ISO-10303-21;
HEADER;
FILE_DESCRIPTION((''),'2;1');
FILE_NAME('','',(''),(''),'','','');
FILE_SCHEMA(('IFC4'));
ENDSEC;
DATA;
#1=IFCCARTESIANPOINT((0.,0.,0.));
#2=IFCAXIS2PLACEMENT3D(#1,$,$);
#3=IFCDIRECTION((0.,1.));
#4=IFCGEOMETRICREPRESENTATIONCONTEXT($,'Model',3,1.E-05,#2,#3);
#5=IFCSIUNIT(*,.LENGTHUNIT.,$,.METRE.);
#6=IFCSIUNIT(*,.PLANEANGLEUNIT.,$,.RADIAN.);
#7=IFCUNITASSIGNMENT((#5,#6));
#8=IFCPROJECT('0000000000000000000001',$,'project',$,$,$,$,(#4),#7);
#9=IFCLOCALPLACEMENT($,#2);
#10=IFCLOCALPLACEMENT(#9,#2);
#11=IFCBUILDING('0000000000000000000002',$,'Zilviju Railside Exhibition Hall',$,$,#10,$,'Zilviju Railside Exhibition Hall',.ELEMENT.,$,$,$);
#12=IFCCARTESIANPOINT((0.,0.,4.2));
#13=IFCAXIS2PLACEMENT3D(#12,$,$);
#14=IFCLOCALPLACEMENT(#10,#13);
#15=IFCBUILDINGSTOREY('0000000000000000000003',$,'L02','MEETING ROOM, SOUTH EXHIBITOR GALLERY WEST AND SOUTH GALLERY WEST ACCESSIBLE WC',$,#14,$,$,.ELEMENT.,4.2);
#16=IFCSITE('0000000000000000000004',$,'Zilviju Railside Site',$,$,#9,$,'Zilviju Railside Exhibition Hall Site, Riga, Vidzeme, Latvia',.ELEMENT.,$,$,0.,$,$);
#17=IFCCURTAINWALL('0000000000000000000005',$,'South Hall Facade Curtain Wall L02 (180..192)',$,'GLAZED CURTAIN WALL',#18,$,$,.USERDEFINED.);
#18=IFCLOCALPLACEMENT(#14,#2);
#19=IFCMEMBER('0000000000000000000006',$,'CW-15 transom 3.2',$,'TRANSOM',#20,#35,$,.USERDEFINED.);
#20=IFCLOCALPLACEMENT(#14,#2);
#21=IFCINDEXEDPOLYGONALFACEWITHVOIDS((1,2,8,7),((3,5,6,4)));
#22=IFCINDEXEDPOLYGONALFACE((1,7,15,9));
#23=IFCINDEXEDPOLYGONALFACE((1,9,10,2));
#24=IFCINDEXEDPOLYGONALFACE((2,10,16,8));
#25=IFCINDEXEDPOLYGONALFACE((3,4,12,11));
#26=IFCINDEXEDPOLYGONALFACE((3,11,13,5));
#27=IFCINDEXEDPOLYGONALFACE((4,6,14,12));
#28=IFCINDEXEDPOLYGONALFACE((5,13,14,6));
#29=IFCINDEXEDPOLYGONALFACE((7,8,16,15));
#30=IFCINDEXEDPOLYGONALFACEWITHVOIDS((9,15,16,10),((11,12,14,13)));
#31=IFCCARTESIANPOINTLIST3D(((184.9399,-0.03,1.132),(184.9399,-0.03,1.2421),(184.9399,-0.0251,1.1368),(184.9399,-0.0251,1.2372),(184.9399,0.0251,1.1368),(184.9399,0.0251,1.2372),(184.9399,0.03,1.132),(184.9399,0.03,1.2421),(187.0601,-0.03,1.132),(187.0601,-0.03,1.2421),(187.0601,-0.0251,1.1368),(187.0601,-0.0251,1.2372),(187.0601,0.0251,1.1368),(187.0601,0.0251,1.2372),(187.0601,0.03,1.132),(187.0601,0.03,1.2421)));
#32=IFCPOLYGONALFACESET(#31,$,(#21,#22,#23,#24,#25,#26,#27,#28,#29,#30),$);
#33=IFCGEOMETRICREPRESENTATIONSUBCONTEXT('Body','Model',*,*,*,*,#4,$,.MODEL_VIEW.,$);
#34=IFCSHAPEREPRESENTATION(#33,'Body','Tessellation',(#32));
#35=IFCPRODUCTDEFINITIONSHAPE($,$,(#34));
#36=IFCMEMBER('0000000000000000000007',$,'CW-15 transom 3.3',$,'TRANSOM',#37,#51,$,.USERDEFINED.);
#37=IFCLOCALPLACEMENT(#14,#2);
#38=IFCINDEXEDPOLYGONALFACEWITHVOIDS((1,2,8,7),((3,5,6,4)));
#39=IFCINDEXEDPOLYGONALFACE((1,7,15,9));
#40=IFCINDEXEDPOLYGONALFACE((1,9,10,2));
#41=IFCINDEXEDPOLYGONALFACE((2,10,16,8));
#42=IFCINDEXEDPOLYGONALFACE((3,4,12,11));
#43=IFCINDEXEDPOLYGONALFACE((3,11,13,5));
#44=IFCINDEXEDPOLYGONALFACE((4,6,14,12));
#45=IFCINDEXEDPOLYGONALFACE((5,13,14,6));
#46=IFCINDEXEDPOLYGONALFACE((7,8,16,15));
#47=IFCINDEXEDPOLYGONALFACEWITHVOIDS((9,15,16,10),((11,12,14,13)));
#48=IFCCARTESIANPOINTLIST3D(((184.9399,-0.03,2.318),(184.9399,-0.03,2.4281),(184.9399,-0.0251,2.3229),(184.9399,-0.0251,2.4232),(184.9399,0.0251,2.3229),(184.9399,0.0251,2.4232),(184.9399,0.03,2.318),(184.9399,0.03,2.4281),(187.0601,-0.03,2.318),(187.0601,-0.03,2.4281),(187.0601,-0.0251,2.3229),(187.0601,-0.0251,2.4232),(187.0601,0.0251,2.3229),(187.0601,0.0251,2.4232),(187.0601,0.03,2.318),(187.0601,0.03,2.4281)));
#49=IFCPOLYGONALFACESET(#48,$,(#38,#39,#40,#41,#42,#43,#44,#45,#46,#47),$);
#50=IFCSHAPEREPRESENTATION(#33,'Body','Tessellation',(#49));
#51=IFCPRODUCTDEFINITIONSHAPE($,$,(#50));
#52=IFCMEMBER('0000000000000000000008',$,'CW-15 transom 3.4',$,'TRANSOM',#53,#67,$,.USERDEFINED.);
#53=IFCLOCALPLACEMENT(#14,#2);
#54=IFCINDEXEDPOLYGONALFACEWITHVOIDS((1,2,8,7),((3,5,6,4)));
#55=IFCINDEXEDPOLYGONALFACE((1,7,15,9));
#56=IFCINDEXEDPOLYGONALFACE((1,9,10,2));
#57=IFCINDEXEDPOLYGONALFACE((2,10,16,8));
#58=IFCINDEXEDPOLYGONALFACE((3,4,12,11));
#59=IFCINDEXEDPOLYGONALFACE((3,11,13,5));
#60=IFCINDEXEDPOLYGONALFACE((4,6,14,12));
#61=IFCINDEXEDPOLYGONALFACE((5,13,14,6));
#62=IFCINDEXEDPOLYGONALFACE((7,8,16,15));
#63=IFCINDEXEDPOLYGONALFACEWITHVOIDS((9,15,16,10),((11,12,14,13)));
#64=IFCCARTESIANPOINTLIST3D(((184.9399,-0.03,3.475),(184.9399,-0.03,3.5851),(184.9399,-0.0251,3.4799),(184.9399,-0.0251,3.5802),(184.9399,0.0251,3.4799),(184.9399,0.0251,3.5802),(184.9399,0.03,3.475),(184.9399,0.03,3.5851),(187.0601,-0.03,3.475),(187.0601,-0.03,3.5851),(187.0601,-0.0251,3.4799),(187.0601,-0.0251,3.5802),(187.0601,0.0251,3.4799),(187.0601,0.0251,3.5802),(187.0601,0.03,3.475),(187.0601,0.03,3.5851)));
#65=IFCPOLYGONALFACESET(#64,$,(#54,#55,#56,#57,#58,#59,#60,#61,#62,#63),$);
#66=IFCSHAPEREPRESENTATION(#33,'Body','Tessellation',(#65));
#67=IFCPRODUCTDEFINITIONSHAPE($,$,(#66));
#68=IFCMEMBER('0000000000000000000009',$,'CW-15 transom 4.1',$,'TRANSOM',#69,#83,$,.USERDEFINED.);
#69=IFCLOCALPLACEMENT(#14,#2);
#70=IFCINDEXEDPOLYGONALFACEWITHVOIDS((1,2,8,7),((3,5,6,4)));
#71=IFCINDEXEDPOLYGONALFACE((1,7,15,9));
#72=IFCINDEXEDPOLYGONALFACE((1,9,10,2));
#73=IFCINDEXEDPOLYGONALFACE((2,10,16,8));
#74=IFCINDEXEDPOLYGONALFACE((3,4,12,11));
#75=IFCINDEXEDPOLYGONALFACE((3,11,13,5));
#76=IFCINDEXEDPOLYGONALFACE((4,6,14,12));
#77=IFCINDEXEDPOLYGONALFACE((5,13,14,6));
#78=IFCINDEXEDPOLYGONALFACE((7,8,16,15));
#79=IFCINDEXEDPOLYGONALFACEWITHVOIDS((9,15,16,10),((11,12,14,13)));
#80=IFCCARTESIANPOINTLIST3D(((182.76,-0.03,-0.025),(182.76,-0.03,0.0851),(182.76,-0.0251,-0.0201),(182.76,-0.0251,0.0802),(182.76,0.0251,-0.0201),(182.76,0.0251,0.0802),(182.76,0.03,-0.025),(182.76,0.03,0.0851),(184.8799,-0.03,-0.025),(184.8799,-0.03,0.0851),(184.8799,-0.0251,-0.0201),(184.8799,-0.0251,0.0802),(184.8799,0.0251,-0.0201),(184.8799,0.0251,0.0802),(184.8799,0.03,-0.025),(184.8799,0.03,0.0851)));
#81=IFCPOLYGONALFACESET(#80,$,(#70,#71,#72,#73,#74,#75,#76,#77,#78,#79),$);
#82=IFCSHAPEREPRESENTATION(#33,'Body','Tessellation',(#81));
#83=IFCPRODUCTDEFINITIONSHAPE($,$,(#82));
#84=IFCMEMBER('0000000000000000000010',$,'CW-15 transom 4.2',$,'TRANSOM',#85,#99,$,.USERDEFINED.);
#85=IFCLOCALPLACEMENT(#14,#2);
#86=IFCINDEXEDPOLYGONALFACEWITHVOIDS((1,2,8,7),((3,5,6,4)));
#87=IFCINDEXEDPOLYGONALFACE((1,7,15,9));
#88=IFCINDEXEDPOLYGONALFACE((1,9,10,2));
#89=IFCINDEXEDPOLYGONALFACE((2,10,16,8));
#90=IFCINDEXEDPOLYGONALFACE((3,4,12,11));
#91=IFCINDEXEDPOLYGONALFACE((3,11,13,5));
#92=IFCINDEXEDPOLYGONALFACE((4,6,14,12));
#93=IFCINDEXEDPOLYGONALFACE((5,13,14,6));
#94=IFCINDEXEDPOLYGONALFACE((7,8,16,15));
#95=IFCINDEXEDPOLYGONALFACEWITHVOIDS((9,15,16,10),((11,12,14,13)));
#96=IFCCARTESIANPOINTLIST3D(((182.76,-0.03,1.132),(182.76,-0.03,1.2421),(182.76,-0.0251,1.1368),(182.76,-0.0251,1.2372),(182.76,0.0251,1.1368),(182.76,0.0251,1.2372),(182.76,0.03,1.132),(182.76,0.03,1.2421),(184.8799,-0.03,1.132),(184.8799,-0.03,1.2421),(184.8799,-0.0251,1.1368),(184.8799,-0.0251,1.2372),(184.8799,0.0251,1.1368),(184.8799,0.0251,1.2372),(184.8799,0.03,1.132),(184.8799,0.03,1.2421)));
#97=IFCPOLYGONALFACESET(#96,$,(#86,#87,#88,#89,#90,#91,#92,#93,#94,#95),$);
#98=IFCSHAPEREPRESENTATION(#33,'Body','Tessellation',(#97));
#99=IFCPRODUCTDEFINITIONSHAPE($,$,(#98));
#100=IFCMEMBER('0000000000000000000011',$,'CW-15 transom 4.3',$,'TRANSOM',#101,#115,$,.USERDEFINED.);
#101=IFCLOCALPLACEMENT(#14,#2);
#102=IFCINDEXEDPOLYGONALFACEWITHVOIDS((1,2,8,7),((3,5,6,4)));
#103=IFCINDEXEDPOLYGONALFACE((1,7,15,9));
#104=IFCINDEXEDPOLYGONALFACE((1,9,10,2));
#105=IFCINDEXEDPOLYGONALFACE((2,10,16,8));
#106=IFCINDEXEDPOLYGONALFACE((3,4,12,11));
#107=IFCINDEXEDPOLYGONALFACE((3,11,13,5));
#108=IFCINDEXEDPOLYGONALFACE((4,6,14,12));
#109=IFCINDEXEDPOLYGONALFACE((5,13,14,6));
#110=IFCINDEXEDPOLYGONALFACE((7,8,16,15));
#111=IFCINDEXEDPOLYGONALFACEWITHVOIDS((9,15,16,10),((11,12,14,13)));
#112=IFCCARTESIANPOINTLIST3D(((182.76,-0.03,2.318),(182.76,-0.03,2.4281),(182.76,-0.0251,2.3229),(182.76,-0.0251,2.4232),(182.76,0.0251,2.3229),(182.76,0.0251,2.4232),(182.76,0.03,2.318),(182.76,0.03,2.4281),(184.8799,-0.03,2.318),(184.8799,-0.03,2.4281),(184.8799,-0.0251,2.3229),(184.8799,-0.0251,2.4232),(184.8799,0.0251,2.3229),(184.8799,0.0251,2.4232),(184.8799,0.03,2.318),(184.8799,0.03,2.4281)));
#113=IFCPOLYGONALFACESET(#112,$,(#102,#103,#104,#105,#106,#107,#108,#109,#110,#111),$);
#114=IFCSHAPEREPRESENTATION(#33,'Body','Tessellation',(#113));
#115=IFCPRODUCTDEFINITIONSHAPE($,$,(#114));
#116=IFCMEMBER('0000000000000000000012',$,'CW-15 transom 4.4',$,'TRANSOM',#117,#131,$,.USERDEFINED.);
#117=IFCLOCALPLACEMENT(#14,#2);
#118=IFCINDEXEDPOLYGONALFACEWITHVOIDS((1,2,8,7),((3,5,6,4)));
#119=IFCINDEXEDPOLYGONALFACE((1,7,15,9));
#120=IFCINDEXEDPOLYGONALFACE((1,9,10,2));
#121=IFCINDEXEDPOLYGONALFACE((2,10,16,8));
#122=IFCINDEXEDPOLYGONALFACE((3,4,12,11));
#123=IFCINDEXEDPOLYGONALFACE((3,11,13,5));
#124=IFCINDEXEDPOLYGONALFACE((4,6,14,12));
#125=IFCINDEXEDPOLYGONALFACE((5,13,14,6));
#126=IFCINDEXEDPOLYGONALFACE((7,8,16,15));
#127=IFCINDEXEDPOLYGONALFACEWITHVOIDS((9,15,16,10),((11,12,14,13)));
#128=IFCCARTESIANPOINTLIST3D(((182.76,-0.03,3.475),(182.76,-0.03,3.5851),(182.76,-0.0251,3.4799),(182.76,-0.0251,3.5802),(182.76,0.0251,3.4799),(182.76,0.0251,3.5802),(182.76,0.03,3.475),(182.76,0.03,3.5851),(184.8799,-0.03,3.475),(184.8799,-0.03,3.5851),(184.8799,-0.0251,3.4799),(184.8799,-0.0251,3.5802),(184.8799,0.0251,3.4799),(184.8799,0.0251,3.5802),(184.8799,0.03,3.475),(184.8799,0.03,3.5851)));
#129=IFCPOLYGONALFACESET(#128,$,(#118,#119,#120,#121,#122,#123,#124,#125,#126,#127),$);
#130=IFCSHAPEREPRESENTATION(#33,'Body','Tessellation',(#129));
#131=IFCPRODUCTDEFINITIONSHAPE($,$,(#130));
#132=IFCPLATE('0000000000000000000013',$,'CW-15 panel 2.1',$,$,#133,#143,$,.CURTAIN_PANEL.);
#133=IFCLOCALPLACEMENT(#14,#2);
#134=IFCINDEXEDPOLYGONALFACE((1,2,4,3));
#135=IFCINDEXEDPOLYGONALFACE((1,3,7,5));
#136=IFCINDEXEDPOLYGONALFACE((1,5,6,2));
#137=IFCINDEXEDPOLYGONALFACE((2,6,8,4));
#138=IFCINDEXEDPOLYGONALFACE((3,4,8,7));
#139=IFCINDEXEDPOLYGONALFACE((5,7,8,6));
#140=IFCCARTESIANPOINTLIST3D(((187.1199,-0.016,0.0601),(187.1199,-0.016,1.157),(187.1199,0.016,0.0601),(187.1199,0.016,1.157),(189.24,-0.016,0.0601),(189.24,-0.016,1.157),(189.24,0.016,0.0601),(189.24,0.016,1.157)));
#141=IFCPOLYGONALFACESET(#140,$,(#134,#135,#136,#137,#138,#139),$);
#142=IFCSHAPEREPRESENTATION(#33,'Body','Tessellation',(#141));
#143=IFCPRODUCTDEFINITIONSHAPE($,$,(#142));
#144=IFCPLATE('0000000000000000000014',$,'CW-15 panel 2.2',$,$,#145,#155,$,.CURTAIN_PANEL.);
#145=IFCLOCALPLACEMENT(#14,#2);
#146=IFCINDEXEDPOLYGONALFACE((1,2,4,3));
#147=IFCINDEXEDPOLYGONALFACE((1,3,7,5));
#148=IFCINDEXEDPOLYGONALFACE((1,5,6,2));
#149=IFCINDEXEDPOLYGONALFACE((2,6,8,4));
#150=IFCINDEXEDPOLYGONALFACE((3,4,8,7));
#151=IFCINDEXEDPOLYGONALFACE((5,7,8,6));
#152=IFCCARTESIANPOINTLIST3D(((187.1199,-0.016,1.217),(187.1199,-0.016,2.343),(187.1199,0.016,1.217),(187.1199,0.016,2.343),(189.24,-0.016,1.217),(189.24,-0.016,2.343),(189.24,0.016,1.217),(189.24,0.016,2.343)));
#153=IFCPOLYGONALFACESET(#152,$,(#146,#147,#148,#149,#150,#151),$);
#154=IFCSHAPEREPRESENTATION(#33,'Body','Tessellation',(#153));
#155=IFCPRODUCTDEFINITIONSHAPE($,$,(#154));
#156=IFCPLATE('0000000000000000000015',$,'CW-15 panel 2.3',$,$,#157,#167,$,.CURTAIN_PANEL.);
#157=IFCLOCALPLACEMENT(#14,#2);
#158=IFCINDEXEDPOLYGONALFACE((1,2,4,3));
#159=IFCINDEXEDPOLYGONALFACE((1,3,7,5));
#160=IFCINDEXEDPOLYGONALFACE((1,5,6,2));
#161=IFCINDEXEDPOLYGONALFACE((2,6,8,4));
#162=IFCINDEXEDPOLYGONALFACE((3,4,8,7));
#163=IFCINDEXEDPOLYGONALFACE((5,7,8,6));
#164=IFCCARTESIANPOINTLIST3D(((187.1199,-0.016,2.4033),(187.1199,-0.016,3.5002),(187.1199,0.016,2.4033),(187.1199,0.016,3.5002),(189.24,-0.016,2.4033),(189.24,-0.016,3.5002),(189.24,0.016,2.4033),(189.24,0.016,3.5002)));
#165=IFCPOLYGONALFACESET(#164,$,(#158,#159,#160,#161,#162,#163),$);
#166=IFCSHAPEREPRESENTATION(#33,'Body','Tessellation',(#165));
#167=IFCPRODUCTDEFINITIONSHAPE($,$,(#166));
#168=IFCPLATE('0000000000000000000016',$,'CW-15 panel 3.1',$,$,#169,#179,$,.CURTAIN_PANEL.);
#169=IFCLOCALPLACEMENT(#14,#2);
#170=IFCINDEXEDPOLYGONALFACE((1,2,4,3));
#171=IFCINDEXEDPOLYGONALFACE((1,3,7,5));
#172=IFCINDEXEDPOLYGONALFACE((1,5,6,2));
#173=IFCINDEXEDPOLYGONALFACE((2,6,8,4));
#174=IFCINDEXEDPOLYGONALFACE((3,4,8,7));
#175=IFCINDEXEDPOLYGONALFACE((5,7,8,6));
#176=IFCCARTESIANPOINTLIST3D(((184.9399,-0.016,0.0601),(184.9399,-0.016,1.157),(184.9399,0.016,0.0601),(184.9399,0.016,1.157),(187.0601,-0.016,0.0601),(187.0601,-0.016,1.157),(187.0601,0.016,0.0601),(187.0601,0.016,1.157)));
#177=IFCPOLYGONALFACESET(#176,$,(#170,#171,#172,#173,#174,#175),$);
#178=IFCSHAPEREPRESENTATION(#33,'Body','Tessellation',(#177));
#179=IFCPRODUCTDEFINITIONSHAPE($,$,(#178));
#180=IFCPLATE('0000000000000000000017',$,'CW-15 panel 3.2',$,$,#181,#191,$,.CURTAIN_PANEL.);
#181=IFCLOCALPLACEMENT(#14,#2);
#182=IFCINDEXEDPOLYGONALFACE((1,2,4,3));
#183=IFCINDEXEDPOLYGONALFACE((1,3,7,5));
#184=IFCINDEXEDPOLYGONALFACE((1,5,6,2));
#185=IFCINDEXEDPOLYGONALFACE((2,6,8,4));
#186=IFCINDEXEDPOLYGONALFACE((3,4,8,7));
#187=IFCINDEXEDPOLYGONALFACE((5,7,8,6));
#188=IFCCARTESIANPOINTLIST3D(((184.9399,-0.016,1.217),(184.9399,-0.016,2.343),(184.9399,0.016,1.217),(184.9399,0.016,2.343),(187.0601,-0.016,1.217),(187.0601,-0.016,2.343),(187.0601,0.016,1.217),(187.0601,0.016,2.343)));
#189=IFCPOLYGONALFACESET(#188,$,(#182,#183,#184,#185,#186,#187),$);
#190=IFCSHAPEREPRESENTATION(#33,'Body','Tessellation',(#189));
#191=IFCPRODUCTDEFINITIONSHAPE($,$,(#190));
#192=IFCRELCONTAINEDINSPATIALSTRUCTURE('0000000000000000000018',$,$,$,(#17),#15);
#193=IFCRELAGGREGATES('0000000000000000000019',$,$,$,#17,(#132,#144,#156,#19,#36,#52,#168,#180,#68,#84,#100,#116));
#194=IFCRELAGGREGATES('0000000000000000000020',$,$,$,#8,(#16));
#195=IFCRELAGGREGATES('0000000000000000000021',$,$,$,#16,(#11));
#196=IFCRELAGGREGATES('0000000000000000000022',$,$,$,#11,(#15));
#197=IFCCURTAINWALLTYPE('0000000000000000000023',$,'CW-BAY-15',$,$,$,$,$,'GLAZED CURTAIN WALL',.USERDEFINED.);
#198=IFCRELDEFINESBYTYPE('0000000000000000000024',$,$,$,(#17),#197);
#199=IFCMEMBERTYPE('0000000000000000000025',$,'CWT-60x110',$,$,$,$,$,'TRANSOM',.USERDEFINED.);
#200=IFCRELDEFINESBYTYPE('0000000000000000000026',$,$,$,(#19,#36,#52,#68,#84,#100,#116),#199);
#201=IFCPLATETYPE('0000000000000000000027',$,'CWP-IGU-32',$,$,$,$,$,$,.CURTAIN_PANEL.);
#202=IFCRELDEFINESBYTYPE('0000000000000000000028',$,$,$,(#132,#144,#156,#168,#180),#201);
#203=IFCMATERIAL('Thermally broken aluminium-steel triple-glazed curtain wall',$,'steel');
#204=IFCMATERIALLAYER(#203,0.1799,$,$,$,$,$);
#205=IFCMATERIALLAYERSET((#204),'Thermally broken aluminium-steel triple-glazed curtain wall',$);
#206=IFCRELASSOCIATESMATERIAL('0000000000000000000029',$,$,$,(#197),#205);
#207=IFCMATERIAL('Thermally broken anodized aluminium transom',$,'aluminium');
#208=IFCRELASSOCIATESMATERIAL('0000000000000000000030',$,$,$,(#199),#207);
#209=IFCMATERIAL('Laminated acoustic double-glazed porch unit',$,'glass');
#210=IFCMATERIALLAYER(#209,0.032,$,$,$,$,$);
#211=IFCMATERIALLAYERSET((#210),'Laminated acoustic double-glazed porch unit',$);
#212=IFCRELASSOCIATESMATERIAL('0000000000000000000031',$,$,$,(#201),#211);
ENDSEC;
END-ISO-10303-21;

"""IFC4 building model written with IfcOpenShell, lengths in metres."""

from ifc_helpers import new_model, si_unit, direction, frame, origin, origin_2d, place, context, subcontext, project, spatial, rectangle, hollow_rectangle, extrude, material, layer, layer_set, material_profile, profile_set, type_object, element, aggregate, save


model = new_model("IFC4")

# Units and contexts
model_context = context("Model", 3, precision=1e-05, world=origin(), true_north=direction((0.0, 1.0)))
body_context = subcontext(model_context, "Body", "Model", "MODEL_VIEW")
ifc_project = project(units=[si_unit("LENGTHUNIT", "METRE"), si_unit("PLANEANGLEUNIT", "RADIAN")], contexts=[model_context])

# Site, building, storey
site_placement = place(None, origin())
site = spatial("IfcSite", under=ifc_project, at=site_placement, Name="Zilviju Railside Site", LongName="Zilviju Railside Exhibition Hall Site, Riga, Vidzeme, Latvia", CompositionType="ELEMENT", RefElevation=0.0)
building_placement = place(site_placement, origin())
building = spatial("IfcBuilding", under=site, at=building_placement, Name="Zilviju Railside Exhibition Hall", LongName="Zilviju Railside Exhibition Hall", CompositionType="ELEMENT")
storey_placement = place(building_placement, frame((0.0, 0.0, 4.2)))
storey = spatial("IfcBuildingStorey", under=building, at=storey_placement, Name="L02", Description="MEETING ROOM, SOUTH EXHIBITOR GALLERY WEST AND SOUTH GALLERY WEST ACCESSIBLE WC", CompositionType="ELEMENT", Elevation=4.2)

# Curtain wall, members, plates
ifc_material_1 = material(Name="Thermally broken aluminium-steel triple-glazed curtain wall", Category="steel")
ifc_layer_1 = layer(ifc_material_1, 0.1799)
ifc_layer_set_1 = layer_set([ifc_layer_1], Name="Thermally broken aluminium-steel triple-glazed curtain wall")
curtain_wall_type = type_object("IfcCurtainWallType", Name="CW-BAY-15", ElementType="GLAZED CURTAIN WALL", PredefinedType="USERDEFINED", material=ifc_layer_set_1)
curtain_wall_placement = place(storey_placement, origin())
curtain_wall = element("IfcCurtainWall", 1, at=curtain_wall_placement, inside=storey, type_object=curtain_wall_type, Name="South Hall Facade Curtain Wall L02 (180..192)", ObjectType="GLAZED CURTAIN WALL", PredefinedType="USERDEFINED")
ifc_material_2 = material(Name="Thermally broken anodized aluminium transom", Category="aluminium")
ifc_material_profile_1 = material_profile(ifc_material_2, hollow_rectangle(XDim=0.0601, YDim=0.1101, WallThickness=0.0049, at=origin_2d()), Name="TRANSOM 110x60x5")
ifc_profile_set_1 = profile_set([ifc_material_profile_1], Name="Thermally broken anodized aluminium transom")
member_type_1 = type_object("IfcMemberType", Name="CWT-60x110", ElementType="TRANSOM", PredefinedType="USERDEFINED", material=ifc_profile_set_1)
member_1_placement = place(storey_placement, frame((187.0601, 0.0, 1.187), z_axis=(-1.0, 0.0, 0.0), x_axis=(0.0, -1.0, 0.0)))
member_1 = element("IfcMember", 2, at=member_1_placement, type_object=member_type_1, Name="CW-15 transom 3.2", ObjectType="TRANSOM", PredefinedType="USERDEFINED", context=body_context, shape_type="SweptSolid", body=[
    extrude(hollow_rectangle(XDim=0.0601, YDim=0.1101, WallThickness=0.0049, at=origin_2d()), origin(), (0.0, 0.0, 1.0), 2.1201),
])
member_2_placement = place(storey_placement, frame((187.0601, 0.0, 2.373), z_axis=(-1.0, 0.0, 0.0), x_axis=(0.0, -1.0, 0.0)))
member_2 = element("IfcMember", 3, at=member_2_placement, type_object=member_type_1, Name="CW-15 transom 3.3", ObjectType="TRANSOM", PredefinedType="USERDEFINED", context=body_context, shape_type="SweptSolid", body=[
    extrude(hollow_rectangle(XDim=0.0601, YDim=0.1101, WallThickness=0.0049, at=origin_2d()), origin(), (0.0, 0.0, 1.0), 2.1201),
])
member_3_placement = place(storey_placement, frame((187.0601, 0.0, 3.53), z_axis=(-1.0, 0.0, 0.0), x_axis=(0.0, -1.0, 0.0)))
member_3 = element("IfcMember", 4, at=member_3_placement, type_object=member_type_1, Name="CW-15 transom 3.4", ObjectType="TRANSOM", PredefinedType="USERDEFINED", context=body_context, shape_type="SweptSolid", body=[
    extrude(hollow_rectangle(XDim=0.0601, YDim=0.1101, WallThickness=0.0049, at=origin_2d()), origin(), (0.0, 0.0, 1.0), 2.1201),
])
member_4_placement = place(storey_placement, frame((184.8799, 0.0, 0.03), z_axis=(-1.0, 0.0, 0.0), x_axis=(0.0, -1.0, 0.0)))
member_4 = element("IfcMember", 5, at=member_4_placement, type_object=member_type_1, Name="CW-15 transom 4.1", ObjectType="TRANSOM", PredefinedType="USERDEFINED", context=body_context, shape_type="SweptSolid", body=[
    extrude(hollow_rectangle(XDim=0.0601, YDim=0.1101, WallThickness=0.0049, at=origin_2d()), origin(), (0.0, 0.0, 1.0), 2.1199),
])
member_5_placement = place(storey_placement, frame((184.8799, 0.0, 1.187), z_axis=(-1.0, 0.0, 0.0), x_axis=(0.0, -1.0, 0.0)))
member_5 = element("IfcMember", 6, at=member_5_placement, type_object=member_type_1, Name="CW-15 transom 4.2", ObjectType="TRANSOM", PredefinedType="USERDEFINED", context=body_context, shape_type="SweptSolid", body=[
    extrude(hollow_rectangle(XDim=0.0601, YDim=0.1101, WallThickness=0.0049, at=origin_2d()), origin(), (0.0, 0.0, 1.0), 2.1199),
])
member_6_placement = place(storey_placement, frame((184.8799, 0.0, 2.373), z_axis=(-1.0, 0.0, 0.0), x_axis=(0.0, -1.0, 0.0)))
member_6 = element("IfcMember", 7, at=member_6_placement, type_object=member_type_1, Name="CW-15 transom 4.3", ObjectType="TRANSOM", PredefinedType="USERDEFINED", context=body_context, shape_type="SweptSolid", body=[
    extrude(hollow_rectangle(XDim=0.0601, YDim=0.1101, WallThickness=0.0049, at=origin_2d()), origin(), (0.0, 0.0, 1.0), 2.1199),
])
member_7_placement = place(storey_placement, frame((184.8799, 0.0, 3.53), z_axis=(-1.0, 0.0, 0.0), x_axis=(0.0, -1.0, 0.0)))
member_7 = element("IfcMember", 8, at=member_7_placement, type_object=member_type_1, Name="CW-15 transom 4.4", ObjectType="TRANSOM", PredefinedType="USERDEFINED", context=body_context, shape_type="SweptSolid", body=[
    extrude(hollow_rectangle(XDim=0.0601, YDim=0.1101, WallThickness=0.0049, at=origin_2d()), origin(), (0.0, 0.0, 1.0), 2.1199),
])
ifc_material_3 = material(Name="Laminated acoustic double-glazed porch unit", Category="glass")
ifc_layer_2 = layer(ifc_material_3, 0.032)
ifc_layer_set_2 = layer_set([ifc_layer_2], Name="Laminated acoustic double-glazed porch unit")
plate_type = type_object("IfcPlateType", Name="CWP-IGU-32", PredefinedType="CURTAIN_PANEL", material=ifc_layer_set_2)
plate_1_placement = place(storey_placement, frame((188.1799, 0.0, 0.0601), z_axis=(0.0, 0.0, 1.0), x_axis=(-1.0, 0.0, 0.0)))
plate_1 = element("IfcPlate", 9, at=plate_1_placement, type_object=plate_type, Name="CW-15 panel 2.1", PredefinedType="CURTAIN_PANEL", context=body_context, shape_type="SweptSolid", body=[
    extrude(rectangle(XDim=2.1201, YDim=0.032, at=origin_2d()), origin(), (0.0, 0.0, 1.0), 1.0969),
])
plate_2_placement = place(storey_placement, frame((188.1799, 0.0, 1.217), z_axis=(0.0, 0.0, 1.0), x_axis=(-1.0, 0.0, 0.0)))
plate_2 = element("IfcPlate", 10, at=plate_2_placement, type_object=plate_type, Name="CW-15 panel 2.2", PredefinedType="CURTAIN_PANEL", context=body_context, shape_type="SweptSolid", body=[
    extrude(rectangle(XDim=2.1201, YDim=0.032, at=origin_2d()), origin(), (0.0, 0.0, 1.0), 1.126),
])
plate_3_placement = place(storey_placement, frame((188.1799, 0.0, 2.4033), z_axis=(0.0, 0.0, 1.0), x_axis=(-1.0, 0.0, 0.0)))
plate_3 = element("IfcPlate", 11, at=plate_3_placement, type_object=plate_type, Name="CW-15 panel 2.3", PredefinedType="CURTAIN_PANEL", context=body_context, shape_type="SweptSolid", body=[
    extrude(rectangle(XDim=2.1201, YDim=0.032, at=origin_2d()), origin(), (0.0, 0.0, 1.0), 1.0969),
])
plate_4_placement = place(storey_placement, frame((186.0, 0.0, 0.0601), z_axis=(0.0, 0.0, 1.0), x_axis=(-1.0, 0.0, 0.0)))
plate_4 = element("IfcPlate", 12, at=plate_4_placement, type_object=plate_type, Name="CW-15 panel 3.1", PredefinedType="CURTAIN_PANEL", context=body_context, shape_type="SweptSolid", body=[
    extrude(rectangle(XDim=2.1201, YDim=0.032, at=origin_2d()), origin(), (0.0, 0.0, 1.0), 1.0969),
])
plate_5_placement = place(storey_placement, frame((186.0, 0.0, 1.217), z_axis=(0.0, 0.0, 1.0), x_axis=(-1.0, 0.0, 0.0)))
plate_5 = element("IfcPlate", 13, at=plate_5_placement, type_object=plate_type, Name="CW-15 panel 3.2", PredefinedType="CURTAIN_PANEL", context=body_context, shape_type="SweptSolid", body=[
    extrude(rectangle(XDim=2.1201, YDim=0.032, at=origin_2d()), origin(), (0.0, 0.0, 1.0), 1.126),
])
aggregate(curtain_wall, [plate_1, plate_2, plate_3, member_1, member_2, member_3, plate_4, plate_5, member_4, member_5, member_6, member_7])

save(model, "model.ifc")
